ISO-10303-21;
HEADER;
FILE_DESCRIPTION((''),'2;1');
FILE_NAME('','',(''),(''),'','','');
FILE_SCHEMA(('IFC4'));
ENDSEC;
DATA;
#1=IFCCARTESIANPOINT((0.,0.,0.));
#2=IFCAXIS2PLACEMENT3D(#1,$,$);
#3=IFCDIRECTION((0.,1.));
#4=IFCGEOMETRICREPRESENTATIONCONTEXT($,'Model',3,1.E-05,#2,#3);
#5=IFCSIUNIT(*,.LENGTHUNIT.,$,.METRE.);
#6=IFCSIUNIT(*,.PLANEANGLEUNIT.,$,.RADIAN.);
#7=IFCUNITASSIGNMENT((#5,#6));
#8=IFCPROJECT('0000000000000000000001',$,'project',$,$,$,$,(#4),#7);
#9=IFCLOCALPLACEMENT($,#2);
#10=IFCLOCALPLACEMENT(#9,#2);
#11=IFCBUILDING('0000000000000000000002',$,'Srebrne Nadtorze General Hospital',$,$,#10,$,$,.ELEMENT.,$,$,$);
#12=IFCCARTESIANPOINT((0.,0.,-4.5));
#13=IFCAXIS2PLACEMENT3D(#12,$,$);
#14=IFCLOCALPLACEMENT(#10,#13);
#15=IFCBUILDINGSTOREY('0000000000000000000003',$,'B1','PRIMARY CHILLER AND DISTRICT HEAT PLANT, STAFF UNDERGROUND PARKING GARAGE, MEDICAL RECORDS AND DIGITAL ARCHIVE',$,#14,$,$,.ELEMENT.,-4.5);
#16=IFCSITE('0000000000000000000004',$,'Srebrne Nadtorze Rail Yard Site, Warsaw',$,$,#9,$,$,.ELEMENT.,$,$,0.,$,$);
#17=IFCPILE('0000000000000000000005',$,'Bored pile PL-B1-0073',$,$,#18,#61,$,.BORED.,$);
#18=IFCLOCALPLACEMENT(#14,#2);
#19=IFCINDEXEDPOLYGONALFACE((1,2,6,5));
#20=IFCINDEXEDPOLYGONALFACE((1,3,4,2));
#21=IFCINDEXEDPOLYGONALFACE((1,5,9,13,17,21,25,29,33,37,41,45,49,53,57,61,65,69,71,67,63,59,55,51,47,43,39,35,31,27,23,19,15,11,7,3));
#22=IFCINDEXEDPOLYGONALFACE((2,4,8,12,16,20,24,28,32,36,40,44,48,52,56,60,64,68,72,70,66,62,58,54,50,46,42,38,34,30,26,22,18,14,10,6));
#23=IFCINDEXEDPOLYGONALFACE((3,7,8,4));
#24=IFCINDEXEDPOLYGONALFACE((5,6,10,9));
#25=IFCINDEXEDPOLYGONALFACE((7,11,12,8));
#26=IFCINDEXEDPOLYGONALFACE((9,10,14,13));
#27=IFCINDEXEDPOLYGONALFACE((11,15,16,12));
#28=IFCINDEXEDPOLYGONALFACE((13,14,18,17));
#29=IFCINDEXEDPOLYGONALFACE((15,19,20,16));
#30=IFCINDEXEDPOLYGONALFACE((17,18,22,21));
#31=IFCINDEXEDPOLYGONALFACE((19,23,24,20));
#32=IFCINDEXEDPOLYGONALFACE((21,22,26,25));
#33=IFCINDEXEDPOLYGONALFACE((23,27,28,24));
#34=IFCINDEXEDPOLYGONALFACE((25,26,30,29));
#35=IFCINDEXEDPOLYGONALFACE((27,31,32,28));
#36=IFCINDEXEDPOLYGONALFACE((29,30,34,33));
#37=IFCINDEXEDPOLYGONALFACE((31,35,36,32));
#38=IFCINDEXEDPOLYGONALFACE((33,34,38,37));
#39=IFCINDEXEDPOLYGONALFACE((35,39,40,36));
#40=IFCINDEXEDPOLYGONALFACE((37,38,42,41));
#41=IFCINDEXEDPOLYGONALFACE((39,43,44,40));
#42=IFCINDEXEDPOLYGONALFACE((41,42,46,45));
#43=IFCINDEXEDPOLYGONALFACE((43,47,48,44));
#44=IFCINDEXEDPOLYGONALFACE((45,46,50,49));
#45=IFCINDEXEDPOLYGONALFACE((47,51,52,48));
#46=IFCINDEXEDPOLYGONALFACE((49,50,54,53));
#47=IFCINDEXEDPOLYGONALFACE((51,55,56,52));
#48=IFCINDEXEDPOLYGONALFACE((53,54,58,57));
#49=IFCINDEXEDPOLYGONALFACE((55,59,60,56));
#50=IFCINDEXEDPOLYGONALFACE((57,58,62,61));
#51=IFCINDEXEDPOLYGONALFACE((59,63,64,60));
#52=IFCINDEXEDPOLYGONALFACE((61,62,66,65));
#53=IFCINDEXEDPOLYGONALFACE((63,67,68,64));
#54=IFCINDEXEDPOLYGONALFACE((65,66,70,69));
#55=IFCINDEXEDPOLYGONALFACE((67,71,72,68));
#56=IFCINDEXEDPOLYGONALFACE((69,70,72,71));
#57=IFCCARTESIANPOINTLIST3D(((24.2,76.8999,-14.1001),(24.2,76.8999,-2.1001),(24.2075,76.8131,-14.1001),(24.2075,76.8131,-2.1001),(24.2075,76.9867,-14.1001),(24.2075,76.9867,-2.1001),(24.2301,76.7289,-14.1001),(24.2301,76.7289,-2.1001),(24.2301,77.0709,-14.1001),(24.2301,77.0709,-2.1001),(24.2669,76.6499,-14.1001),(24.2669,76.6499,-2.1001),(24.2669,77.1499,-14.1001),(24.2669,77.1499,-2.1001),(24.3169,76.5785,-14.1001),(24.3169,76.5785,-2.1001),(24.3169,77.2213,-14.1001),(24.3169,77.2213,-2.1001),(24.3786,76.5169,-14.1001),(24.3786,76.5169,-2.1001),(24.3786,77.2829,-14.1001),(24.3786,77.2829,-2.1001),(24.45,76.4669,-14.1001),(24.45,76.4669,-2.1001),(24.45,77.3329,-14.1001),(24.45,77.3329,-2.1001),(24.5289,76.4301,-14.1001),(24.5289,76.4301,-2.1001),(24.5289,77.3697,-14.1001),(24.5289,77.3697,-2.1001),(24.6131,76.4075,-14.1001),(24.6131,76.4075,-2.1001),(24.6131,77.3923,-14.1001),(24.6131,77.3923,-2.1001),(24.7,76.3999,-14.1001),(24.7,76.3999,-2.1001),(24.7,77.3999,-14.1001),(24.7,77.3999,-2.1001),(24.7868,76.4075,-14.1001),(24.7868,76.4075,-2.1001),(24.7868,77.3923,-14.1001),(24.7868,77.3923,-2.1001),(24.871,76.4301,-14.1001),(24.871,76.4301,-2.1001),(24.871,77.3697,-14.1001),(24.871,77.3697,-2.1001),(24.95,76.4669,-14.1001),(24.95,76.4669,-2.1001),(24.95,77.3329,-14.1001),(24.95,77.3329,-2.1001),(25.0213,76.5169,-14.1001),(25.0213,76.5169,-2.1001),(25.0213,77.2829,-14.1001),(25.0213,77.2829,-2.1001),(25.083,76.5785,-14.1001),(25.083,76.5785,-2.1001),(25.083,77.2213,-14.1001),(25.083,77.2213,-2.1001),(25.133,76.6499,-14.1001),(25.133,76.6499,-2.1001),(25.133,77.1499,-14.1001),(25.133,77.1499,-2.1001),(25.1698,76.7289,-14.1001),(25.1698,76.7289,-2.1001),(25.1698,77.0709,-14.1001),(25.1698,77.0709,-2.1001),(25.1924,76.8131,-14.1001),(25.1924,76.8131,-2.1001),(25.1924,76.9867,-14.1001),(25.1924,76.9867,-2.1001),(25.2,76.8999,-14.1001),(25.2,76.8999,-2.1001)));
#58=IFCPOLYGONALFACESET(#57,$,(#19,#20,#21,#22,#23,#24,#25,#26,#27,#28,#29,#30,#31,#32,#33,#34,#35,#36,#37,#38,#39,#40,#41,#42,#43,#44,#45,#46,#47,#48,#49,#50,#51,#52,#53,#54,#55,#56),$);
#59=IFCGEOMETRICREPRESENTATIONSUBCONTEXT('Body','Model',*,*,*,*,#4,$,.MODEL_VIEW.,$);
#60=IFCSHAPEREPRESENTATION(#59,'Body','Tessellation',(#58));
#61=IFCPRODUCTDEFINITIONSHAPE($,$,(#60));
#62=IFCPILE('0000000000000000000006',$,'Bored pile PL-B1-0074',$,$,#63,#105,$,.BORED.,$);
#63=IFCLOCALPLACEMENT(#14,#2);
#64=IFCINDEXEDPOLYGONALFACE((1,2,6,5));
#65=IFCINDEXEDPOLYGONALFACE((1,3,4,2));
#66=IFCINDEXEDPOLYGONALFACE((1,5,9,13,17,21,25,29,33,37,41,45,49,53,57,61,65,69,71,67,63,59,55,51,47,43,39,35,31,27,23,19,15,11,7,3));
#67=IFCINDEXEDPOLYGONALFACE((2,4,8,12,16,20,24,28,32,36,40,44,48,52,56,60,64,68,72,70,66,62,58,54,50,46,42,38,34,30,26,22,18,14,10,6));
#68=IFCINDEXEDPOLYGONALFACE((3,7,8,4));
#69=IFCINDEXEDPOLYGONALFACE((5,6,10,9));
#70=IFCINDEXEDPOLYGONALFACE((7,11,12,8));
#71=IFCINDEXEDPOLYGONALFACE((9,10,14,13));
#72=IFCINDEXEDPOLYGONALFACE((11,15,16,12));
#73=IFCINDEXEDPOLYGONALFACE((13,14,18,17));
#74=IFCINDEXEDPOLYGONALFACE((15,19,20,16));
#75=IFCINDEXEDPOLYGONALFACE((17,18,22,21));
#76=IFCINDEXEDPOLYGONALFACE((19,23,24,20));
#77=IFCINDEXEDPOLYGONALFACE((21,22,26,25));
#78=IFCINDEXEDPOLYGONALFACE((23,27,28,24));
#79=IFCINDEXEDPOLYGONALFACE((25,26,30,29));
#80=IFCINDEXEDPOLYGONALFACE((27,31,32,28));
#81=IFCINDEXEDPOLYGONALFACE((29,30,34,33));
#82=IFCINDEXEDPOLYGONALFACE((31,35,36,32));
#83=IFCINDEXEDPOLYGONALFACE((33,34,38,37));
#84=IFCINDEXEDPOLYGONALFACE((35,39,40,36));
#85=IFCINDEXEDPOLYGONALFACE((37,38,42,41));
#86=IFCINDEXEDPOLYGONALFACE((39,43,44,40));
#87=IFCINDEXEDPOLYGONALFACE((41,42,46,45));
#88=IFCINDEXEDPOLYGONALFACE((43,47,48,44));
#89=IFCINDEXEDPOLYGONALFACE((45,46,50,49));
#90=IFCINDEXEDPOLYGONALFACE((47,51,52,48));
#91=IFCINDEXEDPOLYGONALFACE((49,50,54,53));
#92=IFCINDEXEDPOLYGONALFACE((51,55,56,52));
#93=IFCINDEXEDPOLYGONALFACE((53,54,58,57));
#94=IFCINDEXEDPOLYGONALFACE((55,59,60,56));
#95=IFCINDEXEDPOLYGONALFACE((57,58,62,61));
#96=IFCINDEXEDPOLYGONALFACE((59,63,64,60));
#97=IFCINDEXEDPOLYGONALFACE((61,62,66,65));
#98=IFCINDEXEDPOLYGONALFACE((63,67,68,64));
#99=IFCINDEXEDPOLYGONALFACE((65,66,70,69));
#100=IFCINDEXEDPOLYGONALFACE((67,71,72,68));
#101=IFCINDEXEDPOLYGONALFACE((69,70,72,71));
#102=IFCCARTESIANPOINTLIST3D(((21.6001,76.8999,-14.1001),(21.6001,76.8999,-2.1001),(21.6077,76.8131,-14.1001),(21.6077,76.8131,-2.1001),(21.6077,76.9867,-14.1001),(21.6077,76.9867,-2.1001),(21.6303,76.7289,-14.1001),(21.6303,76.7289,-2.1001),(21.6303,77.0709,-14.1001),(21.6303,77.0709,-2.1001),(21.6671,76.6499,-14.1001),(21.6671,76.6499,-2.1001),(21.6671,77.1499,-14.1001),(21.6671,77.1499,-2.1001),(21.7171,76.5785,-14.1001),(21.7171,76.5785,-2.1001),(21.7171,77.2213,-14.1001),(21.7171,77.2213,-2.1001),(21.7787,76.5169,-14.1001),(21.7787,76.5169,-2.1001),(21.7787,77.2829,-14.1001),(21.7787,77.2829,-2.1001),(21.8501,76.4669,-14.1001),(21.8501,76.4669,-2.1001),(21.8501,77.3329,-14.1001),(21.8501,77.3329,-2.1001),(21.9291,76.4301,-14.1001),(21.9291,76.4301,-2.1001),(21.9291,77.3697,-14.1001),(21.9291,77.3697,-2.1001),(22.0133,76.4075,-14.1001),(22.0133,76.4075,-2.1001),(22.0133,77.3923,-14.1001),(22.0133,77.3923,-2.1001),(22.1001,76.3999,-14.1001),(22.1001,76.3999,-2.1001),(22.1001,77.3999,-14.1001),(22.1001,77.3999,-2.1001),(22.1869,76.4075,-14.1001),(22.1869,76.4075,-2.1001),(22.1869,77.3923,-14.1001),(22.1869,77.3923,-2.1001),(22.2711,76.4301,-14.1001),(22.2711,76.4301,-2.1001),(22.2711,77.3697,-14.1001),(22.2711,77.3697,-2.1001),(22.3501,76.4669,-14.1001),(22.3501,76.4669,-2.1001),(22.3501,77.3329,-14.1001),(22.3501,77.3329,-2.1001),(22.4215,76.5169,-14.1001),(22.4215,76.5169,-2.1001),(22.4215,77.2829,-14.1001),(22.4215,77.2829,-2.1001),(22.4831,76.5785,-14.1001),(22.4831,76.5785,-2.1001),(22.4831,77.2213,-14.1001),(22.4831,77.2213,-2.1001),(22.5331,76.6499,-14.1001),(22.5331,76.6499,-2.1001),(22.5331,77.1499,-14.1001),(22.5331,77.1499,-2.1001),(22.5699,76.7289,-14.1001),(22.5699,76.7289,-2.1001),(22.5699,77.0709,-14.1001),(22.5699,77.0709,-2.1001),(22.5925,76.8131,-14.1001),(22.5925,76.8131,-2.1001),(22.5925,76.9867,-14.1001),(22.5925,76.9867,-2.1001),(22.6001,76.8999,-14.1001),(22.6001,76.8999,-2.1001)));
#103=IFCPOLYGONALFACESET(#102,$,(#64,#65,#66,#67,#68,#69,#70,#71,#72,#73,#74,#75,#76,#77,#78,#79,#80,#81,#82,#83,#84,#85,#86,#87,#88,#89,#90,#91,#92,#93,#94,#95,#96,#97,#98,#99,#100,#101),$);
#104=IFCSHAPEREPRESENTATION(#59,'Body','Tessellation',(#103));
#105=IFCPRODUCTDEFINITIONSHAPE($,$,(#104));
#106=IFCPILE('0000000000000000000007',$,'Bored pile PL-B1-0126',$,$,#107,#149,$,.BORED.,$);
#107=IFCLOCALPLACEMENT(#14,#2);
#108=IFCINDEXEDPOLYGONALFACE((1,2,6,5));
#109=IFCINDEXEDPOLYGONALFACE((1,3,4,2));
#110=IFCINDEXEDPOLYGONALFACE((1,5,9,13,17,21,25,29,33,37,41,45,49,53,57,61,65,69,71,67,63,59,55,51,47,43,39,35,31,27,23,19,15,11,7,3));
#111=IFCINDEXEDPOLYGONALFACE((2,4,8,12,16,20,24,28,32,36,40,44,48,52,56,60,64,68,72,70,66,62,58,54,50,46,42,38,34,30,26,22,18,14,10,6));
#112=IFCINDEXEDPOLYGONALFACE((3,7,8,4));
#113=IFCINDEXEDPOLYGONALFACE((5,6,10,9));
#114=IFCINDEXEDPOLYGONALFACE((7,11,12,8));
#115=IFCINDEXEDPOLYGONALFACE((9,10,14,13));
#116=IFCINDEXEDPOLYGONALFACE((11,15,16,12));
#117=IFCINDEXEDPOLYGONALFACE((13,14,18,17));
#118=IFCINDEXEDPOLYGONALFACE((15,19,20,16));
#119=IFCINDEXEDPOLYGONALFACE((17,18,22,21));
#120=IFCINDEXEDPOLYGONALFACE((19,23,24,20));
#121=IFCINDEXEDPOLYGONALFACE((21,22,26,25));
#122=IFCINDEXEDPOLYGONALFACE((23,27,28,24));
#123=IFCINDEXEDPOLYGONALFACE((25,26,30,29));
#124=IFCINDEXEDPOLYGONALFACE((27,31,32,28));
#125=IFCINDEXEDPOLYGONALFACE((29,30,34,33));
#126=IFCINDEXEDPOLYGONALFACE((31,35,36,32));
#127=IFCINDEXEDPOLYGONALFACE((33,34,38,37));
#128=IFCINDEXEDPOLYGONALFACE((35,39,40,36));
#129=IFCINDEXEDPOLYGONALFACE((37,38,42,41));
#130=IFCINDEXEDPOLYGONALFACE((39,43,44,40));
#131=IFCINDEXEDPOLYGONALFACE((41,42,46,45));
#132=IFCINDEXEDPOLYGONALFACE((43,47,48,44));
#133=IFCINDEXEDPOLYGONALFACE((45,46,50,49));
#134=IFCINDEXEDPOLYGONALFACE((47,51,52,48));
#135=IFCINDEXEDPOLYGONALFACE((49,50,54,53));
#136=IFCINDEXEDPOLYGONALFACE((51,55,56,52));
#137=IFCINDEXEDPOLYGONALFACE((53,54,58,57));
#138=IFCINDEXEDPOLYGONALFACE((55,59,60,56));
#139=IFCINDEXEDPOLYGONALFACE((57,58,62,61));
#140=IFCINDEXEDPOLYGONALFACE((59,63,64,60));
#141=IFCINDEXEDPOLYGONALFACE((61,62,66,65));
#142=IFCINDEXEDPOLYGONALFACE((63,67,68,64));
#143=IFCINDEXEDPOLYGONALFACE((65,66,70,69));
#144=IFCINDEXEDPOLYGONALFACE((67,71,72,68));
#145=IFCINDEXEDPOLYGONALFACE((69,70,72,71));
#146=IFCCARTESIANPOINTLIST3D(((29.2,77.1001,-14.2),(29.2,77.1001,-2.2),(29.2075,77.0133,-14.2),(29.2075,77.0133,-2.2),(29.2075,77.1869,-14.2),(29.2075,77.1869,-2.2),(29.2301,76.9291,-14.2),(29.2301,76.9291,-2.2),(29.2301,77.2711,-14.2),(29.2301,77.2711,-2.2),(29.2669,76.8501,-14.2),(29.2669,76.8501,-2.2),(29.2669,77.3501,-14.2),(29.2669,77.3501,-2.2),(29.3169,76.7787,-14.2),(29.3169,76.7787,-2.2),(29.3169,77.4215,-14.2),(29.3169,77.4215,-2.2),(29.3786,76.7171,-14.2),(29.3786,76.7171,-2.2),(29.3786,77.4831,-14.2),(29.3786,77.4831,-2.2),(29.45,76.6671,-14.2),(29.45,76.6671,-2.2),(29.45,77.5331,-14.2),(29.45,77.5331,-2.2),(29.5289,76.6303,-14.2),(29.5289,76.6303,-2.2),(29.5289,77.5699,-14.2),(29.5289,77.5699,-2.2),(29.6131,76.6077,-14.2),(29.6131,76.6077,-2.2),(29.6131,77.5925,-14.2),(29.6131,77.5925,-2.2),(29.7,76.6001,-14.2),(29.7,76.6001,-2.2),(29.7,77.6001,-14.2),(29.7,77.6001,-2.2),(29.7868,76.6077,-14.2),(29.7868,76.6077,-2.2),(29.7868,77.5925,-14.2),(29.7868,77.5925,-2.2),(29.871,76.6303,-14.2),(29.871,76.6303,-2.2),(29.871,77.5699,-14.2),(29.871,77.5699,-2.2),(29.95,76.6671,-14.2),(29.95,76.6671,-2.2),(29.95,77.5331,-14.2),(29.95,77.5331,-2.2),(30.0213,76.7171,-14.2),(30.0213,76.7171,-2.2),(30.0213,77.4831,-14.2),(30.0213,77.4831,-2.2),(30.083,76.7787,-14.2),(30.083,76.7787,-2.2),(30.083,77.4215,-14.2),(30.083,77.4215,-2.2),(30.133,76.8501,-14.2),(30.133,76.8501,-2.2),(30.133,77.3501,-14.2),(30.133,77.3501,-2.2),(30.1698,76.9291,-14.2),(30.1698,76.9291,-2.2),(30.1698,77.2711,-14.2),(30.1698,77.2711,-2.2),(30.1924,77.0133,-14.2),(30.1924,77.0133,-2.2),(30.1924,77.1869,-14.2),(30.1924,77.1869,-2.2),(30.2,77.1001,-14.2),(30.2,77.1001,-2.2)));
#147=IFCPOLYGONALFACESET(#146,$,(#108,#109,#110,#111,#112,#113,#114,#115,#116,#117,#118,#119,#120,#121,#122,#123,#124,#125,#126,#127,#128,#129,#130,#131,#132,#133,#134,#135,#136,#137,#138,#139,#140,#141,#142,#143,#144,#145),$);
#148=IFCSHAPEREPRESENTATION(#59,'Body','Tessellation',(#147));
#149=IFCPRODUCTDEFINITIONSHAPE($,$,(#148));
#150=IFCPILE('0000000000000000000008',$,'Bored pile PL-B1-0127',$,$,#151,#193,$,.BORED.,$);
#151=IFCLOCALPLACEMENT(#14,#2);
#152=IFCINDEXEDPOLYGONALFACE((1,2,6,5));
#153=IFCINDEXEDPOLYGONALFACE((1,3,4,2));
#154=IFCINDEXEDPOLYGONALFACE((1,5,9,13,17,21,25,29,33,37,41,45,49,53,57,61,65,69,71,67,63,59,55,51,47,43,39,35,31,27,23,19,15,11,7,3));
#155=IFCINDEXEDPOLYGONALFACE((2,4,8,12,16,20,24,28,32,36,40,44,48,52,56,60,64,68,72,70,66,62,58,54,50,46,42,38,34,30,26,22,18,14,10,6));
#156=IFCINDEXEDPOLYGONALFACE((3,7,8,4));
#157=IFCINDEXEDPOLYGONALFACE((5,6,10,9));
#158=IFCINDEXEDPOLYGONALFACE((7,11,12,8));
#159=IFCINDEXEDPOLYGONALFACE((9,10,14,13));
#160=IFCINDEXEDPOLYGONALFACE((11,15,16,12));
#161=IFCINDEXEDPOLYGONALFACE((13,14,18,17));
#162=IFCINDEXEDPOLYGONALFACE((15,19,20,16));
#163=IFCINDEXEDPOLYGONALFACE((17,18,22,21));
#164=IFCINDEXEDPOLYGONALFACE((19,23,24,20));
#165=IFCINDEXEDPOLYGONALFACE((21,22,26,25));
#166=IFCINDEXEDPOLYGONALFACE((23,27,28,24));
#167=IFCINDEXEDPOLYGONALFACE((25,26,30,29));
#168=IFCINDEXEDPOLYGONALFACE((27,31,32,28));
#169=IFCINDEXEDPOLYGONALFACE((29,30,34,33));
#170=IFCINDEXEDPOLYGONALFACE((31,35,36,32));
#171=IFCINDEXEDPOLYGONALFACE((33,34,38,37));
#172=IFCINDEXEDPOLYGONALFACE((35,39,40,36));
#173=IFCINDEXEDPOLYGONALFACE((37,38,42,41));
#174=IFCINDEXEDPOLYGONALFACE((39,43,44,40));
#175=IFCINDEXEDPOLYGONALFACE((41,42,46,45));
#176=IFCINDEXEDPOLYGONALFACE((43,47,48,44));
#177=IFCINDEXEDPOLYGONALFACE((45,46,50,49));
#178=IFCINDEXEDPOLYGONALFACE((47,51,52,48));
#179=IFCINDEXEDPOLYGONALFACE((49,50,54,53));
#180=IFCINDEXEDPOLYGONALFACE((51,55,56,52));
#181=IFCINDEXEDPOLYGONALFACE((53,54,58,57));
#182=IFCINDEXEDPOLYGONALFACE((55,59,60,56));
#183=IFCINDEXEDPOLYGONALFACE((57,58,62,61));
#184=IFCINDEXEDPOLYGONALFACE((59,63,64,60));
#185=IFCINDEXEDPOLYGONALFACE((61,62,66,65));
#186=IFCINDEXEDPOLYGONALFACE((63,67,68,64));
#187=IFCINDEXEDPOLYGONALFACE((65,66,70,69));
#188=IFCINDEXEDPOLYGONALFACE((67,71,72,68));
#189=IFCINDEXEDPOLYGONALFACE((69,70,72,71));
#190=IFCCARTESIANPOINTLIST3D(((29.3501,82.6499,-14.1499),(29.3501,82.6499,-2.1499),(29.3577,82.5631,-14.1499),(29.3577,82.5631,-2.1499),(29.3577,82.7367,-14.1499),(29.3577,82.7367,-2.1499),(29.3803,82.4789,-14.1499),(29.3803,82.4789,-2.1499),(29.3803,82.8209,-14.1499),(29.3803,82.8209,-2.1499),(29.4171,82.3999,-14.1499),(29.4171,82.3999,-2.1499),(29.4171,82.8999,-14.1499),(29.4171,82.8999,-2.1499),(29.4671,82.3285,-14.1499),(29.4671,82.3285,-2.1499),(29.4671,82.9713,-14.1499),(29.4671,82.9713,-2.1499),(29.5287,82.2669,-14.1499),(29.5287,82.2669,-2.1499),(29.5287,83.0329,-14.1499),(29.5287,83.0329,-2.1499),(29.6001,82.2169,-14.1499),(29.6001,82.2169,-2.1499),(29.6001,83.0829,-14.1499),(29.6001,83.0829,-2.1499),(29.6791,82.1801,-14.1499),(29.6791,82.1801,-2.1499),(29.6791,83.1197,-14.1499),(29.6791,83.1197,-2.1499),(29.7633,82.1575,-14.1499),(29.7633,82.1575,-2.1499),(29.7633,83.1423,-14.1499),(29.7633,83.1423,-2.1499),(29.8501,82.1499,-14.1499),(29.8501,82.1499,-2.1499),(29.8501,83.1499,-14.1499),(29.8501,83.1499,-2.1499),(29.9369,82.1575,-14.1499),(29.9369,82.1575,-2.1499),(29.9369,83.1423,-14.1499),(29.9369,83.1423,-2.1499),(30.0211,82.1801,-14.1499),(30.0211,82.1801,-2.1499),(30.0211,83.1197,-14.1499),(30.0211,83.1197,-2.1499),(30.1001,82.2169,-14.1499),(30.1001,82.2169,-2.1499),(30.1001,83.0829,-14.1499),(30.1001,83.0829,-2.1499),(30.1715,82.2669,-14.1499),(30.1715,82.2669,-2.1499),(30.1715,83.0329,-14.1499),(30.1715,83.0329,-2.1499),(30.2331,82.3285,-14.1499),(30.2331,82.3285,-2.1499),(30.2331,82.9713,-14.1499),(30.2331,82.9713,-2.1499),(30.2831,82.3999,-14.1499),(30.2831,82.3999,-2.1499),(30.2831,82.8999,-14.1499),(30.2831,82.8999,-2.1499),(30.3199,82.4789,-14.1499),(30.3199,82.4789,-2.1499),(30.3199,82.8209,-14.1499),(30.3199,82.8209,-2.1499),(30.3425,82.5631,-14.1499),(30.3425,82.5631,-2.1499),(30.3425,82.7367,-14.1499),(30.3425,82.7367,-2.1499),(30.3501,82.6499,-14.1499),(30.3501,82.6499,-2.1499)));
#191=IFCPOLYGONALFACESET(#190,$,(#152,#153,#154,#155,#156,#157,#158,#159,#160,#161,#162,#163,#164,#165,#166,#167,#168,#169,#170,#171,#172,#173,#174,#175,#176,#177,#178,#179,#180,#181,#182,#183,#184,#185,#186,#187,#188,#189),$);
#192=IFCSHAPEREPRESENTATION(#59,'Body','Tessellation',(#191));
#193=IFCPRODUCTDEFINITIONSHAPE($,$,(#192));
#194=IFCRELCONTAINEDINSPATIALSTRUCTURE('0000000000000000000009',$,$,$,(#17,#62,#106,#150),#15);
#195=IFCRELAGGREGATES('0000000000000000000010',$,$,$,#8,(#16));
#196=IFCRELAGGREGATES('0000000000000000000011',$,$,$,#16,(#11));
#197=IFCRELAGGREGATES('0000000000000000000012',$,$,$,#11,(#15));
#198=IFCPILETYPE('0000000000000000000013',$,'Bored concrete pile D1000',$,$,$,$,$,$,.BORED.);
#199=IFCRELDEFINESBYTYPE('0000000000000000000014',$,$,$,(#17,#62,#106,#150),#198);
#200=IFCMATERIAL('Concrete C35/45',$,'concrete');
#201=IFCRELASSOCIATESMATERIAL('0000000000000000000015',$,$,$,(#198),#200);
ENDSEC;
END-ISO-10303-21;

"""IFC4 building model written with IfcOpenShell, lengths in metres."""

from ifc_helpers import new_model, si_unit, direction, frame, origin, origin_2d, place, context, subcontext, project, spatial, circle, extrude, material, material_profile, profile_set, type_object, element, save


model = new_model("IFC4")

# Units and contexts
model_context = context("Model", 3, precision=1e-05, world=origin(), true_north=direction((0.0, 1.0)))
body_context = subcontext(model_context, "Body", "Model", "MODEL_VIEW")
ifc_project = project(units=[si_unit("LENGTHUNIT", "METRE"), si_unit("PLANEANGLEUNIT", "RADIAN")], contexts=[model_context])

# Site, building, storey
site_placement = place(None, origin())
site = spatial("IfcSite", under=ifc_project, at=site_placement, Name="Srebrne Nadtorze Rail Yard Site, Warsaw", CompositionType="ELEMENT", RefElevation=0.0)
building_placement = place(site_placement, origin())
building = spatial("IfcBuilding", under=site, at=building_placement, Name="Srebrne Nadtorze General Hospital", CompositionType="ELEMENT")
storey_placement = place(building_placement, frame((0.0, 0.0, -4.5)))
storey = spatial("IfcBuildingStorey", under=building, at=storey_placement, Name="B1", Description="PRIMARY CHILLER AND DISTRICT HEAT PLANT, STAFF UNDERGROUND PARKING GARAGE, MEDICAL RECORDS AND DIGITAL ARCHIVE", CompositionType="ELEMENT", Elevation=-4.5)

# Piles
ifc_material_1 = material(Name="Concrete C35/45", Category="concrete")
ifc_material_profile_1 = material_profile(ifc_material_1, circle(Radius=0.5, at=origin_2d()), Name="PILE-D1000")
ifc_profile_set_1 = profile_set([ifc_material_profile_1], Name="Concrete C35/45")
pile_type_1 = type_object("IfcPileType", Name="Bored concrete pile D1000", PredefinedType="BORED", material=ifc_profile_set_1)
for number, where, z_axis, x_axis, name in (
    (1, (24.7, 76.8999, -2.1001), (0.0, 0.0, -1.0), (1.0, 0.0, 0.0), "Bored pile PL-B1-0073"),
    (2, (22.1001, 76.8999, -2.1001), (0.0, 0.0, -1.0), (1.0, 0.0, 0.0), "Bored pile PL-B1-0074"),
    (3, (29.7, 77.1001, -2.2), (0.0, 0.0, -1.0), (1.0, 0.0, 0.0), "Bored pile PL-B1-0126"),
    (4, (29.8501, 82.6499, -2.1499), (0.0, 0.0, -1.0), (1.0, 0.0, 0.0), "Bored pile PL-B1-0127"),
):
    element("IfcPile", number, at=place(storey_placement, frame(where, z_axis=z_axis, x_axis=x_axis)), inside=storey, type_object=pile_type_1, Name=name, PredefinedType="BORED", context=body_context, shape_type="SweptSolid", body=[
        extrude(circle(Radius=0.5, at=origin_2d()), origin(), (0.0, 0.0, 1.0), 12.0),
    ])

save(model, "model.ifc")
